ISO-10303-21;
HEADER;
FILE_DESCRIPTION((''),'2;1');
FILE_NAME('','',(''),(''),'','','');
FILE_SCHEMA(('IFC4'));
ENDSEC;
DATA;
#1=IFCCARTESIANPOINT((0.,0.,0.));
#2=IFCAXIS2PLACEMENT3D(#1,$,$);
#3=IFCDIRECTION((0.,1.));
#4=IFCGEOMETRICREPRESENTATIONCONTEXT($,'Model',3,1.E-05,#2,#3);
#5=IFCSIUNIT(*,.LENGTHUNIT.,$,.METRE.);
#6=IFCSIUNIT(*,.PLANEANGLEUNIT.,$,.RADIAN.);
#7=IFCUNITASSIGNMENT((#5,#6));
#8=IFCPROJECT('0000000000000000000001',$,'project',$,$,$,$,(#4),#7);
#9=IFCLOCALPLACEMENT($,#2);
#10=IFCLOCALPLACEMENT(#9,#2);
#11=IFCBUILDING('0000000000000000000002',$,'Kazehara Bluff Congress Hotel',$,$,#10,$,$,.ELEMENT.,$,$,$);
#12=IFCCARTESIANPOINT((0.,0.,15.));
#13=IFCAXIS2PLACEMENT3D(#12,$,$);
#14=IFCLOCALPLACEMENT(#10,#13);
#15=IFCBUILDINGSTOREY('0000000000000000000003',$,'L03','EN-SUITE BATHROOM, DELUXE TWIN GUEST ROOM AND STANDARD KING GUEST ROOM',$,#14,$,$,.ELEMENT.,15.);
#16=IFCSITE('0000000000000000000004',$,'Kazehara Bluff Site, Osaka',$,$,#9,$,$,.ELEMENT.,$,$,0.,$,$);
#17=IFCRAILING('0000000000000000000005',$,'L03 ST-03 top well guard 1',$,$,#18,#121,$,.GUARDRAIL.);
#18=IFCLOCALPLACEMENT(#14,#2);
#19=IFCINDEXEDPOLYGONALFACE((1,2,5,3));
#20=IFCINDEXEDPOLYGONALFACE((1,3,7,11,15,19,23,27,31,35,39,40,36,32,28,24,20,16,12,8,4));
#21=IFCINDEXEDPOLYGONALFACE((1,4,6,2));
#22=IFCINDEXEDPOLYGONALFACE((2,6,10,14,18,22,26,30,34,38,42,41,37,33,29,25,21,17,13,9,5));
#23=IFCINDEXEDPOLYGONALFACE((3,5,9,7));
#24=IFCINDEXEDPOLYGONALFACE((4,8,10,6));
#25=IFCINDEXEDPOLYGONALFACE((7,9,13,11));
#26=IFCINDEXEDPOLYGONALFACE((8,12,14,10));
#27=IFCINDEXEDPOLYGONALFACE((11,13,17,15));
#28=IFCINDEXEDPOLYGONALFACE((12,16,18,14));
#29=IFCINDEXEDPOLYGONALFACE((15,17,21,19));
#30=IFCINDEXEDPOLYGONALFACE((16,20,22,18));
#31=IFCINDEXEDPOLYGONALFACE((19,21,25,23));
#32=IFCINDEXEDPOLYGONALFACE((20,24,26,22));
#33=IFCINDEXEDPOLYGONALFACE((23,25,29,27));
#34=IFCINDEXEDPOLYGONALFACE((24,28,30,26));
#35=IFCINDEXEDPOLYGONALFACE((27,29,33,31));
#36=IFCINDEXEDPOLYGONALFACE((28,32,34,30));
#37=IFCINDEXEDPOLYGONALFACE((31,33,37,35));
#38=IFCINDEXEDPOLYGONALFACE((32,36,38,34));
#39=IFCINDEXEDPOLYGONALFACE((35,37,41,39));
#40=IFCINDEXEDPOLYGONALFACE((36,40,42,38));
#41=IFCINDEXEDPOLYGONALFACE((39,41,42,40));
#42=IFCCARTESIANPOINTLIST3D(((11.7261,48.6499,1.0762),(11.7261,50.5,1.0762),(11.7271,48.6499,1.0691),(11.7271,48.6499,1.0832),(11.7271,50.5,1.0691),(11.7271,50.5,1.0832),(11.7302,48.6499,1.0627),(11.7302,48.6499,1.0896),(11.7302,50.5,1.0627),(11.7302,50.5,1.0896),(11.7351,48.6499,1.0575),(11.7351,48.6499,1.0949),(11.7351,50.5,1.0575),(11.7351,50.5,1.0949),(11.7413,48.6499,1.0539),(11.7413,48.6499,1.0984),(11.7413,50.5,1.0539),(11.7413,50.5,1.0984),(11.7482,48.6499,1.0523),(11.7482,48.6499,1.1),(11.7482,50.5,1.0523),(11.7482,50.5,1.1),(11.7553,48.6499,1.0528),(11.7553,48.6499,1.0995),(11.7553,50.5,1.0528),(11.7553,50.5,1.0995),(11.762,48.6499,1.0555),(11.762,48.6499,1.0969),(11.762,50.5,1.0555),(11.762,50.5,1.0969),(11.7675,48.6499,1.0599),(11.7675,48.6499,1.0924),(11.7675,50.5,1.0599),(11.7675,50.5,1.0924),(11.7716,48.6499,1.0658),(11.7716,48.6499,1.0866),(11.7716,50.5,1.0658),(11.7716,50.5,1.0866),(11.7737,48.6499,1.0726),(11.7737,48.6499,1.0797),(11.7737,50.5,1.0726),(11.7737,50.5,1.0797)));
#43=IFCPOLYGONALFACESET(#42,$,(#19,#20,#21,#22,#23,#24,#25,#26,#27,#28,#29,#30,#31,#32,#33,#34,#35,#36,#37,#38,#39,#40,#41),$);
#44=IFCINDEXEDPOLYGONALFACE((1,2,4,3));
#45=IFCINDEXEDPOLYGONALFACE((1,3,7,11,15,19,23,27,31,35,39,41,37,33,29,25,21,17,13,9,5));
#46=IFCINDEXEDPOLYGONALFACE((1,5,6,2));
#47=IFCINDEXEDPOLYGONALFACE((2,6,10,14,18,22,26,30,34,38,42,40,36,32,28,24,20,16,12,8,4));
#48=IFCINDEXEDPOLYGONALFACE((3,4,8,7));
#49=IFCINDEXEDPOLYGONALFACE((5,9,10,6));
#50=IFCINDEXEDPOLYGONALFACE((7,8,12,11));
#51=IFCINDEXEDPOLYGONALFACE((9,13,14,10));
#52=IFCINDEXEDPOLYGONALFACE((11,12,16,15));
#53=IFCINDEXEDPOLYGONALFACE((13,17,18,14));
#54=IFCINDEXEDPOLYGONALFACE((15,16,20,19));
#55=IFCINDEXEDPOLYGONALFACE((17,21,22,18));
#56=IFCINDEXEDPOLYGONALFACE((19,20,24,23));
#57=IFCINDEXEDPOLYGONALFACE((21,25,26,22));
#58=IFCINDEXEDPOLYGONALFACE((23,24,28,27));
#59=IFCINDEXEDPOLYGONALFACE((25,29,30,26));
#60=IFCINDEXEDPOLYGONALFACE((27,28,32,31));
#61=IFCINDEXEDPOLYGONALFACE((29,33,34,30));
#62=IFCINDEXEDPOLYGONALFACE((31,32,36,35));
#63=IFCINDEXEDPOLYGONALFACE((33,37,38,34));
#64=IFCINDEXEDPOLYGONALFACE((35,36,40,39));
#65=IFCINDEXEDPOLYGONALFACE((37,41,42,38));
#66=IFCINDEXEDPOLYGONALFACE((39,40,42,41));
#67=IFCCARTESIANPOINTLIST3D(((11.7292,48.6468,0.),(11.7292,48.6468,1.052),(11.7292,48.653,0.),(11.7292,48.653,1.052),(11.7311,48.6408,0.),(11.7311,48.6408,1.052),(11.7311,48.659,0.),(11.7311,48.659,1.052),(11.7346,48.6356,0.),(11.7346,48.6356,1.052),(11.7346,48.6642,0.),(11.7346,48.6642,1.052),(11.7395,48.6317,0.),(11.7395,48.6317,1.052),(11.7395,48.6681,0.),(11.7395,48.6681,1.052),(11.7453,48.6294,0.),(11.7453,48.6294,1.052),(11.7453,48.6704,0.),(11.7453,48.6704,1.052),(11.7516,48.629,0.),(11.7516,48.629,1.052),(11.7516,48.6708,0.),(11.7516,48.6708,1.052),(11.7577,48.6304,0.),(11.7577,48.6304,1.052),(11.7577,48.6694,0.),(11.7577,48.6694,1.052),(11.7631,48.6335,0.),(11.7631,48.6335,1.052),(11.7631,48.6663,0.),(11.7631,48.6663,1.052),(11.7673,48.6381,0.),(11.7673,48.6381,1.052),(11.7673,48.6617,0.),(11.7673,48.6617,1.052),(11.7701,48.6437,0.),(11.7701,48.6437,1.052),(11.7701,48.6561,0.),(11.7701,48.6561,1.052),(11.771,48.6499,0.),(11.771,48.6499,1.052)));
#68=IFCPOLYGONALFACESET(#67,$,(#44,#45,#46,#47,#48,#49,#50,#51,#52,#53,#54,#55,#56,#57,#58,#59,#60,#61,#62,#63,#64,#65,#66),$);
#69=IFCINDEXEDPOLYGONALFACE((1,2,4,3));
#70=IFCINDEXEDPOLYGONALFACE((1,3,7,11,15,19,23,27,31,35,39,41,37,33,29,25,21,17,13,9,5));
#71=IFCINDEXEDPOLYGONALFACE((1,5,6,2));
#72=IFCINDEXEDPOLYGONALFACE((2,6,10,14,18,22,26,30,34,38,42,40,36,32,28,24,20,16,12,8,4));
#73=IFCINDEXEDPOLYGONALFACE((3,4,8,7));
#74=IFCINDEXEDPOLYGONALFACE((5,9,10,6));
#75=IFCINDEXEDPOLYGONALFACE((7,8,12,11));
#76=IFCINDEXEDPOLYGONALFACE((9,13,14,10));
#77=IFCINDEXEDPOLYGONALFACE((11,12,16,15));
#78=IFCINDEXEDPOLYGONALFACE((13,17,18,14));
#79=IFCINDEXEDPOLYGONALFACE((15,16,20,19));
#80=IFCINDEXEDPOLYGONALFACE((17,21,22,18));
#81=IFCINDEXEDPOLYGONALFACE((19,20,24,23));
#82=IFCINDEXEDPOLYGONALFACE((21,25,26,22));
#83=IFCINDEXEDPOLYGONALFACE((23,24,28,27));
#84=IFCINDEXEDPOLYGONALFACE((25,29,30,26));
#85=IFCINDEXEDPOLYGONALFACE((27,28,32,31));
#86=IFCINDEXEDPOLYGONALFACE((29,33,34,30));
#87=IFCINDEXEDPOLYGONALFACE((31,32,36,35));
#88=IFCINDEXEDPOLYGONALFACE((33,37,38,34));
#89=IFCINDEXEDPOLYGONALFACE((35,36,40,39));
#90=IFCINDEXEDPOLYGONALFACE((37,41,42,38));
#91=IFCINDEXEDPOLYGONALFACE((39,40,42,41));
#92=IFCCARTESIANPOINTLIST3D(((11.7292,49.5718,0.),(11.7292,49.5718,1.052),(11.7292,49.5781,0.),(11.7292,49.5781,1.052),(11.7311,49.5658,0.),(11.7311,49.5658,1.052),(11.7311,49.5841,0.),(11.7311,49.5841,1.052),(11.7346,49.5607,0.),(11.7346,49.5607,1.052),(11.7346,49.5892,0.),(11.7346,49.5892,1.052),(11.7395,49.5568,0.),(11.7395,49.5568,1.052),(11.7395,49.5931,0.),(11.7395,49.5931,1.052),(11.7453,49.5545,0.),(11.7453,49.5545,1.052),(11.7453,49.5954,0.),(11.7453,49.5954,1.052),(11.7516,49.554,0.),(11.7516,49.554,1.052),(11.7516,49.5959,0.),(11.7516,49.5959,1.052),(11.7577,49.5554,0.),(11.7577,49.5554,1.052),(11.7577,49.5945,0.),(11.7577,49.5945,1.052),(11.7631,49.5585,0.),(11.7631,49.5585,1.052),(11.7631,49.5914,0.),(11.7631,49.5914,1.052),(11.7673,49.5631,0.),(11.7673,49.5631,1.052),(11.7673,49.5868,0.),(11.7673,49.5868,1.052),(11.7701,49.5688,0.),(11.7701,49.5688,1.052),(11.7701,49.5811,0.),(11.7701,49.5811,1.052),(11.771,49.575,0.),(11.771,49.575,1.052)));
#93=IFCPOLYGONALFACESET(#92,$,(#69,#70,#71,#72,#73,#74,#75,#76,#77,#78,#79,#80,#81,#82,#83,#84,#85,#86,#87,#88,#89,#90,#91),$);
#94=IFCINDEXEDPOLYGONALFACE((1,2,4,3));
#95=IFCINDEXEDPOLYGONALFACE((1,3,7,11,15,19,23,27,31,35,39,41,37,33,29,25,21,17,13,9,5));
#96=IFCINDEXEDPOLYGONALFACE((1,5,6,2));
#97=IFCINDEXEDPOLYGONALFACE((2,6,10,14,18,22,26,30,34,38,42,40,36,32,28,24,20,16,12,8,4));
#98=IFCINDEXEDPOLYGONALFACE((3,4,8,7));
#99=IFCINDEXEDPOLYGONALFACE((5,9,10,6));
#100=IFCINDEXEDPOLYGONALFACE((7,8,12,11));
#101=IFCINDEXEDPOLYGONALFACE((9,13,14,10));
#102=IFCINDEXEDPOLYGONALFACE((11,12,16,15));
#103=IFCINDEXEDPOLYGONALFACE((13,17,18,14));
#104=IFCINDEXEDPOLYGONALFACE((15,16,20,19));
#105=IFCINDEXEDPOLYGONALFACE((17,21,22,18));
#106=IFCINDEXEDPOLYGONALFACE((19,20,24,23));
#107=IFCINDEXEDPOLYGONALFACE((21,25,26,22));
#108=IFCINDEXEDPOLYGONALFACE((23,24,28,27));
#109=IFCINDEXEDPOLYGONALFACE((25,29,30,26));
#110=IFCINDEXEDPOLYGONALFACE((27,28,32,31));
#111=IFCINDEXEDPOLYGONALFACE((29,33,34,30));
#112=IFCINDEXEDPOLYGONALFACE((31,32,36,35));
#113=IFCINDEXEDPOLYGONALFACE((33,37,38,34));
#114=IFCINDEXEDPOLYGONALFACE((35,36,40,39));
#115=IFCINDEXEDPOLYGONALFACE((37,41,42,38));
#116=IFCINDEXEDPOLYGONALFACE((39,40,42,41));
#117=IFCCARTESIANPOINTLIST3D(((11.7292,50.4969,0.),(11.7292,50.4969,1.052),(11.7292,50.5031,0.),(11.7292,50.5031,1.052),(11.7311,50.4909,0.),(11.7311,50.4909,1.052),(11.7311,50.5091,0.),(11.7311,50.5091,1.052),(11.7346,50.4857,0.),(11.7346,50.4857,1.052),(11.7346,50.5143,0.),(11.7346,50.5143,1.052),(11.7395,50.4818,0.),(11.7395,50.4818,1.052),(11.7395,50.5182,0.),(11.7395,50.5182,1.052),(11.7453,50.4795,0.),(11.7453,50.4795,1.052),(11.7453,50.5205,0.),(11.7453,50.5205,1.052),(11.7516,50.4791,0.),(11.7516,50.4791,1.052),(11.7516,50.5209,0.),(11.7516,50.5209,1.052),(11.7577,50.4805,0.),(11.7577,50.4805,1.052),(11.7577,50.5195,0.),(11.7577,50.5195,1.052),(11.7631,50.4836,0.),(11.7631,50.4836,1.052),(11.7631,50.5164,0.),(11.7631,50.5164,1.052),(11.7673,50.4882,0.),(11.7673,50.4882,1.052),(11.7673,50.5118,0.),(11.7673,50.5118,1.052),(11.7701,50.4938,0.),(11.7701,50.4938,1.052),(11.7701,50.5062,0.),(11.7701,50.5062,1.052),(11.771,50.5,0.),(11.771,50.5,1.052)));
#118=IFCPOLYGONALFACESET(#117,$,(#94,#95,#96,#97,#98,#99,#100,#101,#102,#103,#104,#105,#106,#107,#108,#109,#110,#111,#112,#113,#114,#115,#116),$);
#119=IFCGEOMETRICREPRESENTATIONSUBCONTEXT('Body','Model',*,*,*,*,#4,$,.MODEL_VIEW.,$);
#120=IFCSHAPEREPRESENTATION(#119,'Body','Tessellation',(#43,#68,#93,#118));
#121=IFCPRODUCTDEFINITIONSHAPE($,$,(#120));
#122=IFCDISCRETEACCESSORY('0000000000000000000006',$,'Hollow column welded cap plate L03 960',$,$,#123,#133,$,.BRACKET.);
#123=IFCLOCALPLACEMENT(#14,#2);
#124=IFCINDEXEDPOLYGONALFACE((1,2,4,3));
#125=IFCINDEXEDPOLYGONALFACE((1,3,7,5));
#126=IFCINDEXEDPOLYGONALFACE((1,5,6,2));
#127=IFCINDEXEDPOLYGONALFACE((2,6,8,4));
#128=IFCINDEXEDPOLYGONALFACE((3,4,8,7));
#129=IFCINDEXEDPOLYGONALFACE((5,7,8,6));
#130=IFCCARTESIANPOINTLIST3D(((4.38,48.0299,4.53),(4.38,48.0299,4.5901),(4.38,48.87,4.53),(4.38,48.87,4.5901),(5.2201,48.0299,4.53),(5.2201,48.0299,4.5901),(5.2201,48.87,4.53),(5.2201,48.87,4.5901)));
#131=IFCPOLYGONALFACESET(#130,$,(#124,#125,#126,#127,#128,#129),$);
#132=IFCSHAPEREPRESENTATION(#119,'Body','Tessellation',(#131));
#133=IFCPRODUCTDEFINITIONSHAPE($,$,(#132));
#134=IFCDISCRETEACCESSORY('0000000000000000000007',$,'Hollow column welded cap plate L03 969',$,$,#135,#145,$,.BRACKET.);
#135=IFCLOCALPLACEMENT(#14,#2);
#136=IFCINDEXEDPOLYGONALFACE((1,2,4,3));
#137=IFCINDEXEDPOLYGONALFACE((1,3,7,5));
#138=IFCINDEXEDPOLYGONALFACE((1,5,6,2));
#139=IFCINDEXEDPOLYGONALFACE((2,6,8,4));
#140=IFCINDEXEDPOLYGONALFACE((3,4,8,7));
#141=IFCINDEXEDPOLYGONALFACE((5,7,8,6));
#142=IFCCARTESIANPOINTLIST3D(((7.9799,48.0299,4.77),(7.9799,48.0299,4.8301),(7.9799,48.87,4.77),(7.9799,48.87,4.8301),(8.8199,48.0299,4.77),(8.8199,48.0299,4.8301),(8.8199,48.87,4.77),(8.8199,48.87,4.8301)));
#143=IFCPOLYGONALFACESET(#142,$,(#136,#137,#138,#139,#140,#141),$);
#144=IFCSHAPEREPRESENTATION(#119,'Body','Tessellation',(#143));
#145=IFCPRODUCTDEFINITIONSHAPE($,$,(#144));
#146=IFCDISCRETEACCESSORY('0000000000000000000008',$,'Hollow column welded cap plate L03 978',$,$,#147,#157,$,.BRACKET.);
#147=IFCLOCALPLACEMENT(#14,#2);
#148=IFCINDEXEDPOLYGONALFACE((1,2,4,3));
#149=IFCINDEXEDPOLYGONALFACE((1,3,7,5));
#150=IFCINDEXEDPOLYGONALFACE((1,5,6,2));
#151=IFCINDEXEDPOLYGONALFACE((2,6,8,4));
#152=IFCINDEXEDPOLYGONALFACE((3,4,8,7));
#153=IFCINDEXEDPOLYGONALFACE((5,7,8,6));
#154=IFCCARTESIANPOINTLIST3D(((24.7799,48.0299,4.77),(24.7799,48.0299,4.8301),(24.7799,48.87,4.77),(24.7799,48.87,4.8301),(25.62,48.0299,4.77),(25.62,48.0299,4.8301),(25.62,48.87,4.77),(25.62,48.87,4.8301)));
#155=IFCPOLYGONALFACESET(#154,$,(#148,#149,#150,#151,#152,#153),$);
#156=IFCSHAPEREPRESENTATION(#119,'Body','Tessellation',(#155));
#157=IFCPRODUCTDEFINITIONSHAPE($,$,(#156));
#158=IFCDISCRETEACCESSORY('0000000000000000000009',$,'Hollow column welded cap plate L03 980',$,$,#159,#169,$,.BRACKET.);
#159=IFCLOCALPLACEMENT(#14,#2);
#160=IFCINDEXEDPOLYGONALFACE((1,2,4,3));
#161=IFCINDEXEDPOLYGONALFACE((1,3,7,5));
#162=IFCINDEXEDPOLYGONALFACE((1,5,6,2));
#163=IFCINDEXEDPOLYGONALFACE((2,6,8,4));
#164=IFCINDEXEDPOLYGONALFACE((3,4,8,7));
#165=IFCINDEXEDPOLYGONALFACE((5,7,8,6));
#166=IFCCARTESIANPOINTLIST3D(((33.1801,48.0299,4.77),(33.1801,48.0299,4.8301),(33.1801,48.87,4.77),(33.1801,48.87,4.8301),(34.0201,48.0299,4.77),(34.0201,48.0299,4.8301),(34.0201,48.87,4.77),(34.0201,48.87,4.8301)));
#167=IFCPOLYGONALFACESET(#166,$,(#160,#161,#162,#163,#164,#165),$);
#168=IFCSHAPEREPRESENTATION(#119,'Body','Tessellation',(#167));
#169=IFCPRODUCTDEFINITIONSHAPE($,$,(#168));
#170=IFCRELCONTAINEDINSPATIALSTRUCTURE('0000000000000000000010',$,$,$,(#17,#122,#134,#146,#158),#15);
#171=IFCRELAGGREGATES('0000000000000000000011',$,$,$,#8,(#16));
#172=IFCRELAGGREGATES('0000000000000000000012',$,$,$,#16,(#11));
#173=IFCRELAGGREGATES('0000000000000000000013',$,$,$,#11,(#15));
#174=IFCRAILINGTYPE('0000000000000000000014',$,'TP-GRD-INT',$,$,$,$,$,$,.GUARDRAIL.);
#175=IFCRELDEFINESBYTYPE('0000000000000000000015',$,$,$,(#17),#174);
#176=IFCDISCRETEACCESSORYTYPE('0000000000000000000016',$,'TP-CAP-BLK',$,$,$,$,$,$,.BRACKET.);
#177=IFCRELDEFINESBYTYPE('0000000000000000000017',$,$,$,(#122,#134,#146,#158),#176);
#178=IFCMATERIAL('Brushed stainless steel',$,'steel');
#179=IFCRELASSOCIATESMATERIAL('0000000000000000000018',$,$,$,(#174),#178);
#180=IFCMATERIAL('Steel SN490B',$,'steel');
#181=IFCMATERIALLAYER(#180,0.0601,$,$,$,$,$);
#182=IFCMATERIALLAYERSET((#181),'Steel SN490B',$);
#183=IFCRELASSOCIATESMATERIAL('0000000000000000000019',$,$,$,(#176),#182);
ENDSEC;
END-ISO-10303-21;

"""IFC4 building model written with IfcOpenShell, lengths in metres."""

from ifc_helpers import new_model, si_unit, direction, frame, origin, origin_2d, place, context, subcontext, project, spatial, rectangle, circle, extrude, material, layer, layer_set, type_object, element, save


model = new_model("IFC4")

# Units and contexts
model_context = context("Model", 3, precision=1e-05, world=origin(), true_north=direction((0.0, 1.0)))
body_context = subcontext(model_context, "Body", "Model", "MODEL_VIEW")
ifc_project = project(units=[si_unit("LENGTHUNIT", "METRE"), si_unit("PLANEANGLEUNIT", "RADIAN")], contexts=[model_context])

# Site, building, storey
site_placement = place(None, origin())
site = spatial("IfcSite", under=ifc_project, at=site_placement, Name="Kazehara Bluff Site, Osaka", CompositionType="ELEMENT", RefElevation=0.0)
building_placement = place(site_placement, origin())
building = spatial("IfcBuilding", under=site, at=building_placement, Name="Kazehara Bluff Congress Hotel", CompositionType="ELEMENT")
storey_placement = place(building_placement, frame((0.0, 0.0, 15.0)))
storey = spatial("IfcBuildingStorey", under=building, at=storey_placement, Name="L03", Description="EN-SUITE BATHROOM, DELUXE TWIN GUEST ROOM AND STANDARD KING GUEST ROOM", CompositionType="ELEMENT", Elevation=15.0)

# Railing
ifc_material_1 = material(Name="Brushed stainless steel", Category="steel")
railing_type = type_object("IfcRailingType", Name="TP-GRD-INT", PredefinedType="GUARDRAIL", material=ifc_material_1)
railing_placement = place(storey_placement, frame((11.75, 48.6499, 0.0)))
element("IfcRailing", 1, at=railing_placement, inside=storey, type_object=railing_type, Name="L03 ST-03 top well guard 1", PredefinedType="GUARDRAIL", context=body_context, shape_type="SweptSolid", body=[
    extrude(circle(Radius=0.0239, at=origin_2d()), frame((0.0, 0.0, 1.0762), z_axis=(0.0, 1.0, 0.0), x_axis=(-1.0, 0.0, 0.0)), (0.0, 0.0, 1.0), 1.8501),
    extrude(circle(Radius=0.021, at=origin_2d()), origin(), (0.0, 0.0, 1.0), 1.052),
    extrude(circle(Radius=0.021, at=origin_2d()), frame((0.0, 0.925, 0.0)), (0.0, 0.0, 1.0), 1.052),
    extrude(circle(Radius=0.021, at=origin_2d()), frame((0.0, 1.8501, 0.0)), (0.0, 0.0, 1.0), 1.052),
])

# Discrete accessories
ifc_material_2 = material(Name="Steel SN490B", Category="steel")
ifc_layer_1 = layer(ifc_material_2, 0.0601)
ifc_layer_set_1 = layer_set([ifc_layer_1], Name="Steel SN490B")
discrete_accessory_type = type_object("IfcDiscreteAccessoryType", Name="TP-CAP-BLK", PredefinedType="BRACKET", material=ifc_layer_set_1)
for number, where, z_axis, x_axis, name in (
    (2, (4.8, 48.45, 4.53), (0.0, 0.0, 1.0), (1.0, 0.0, 0.0), "Hollow column welded cap plate L03 960"),
    (3, (8.3999, 48.45, 4.77), (0.0, 0.0, 1.0), (1.0, 0.0, 0.0), "Hollow column welded cap plate L03 969"),
    (4, (25.2, 48.45, 4.77), (0.0, 0.0, 1.0), (1.0, 0.0, 0.0), "Hollow column welded cap plate L03 978"),
    (5, (33.6001, 48.45, 4.77), (0.0, 0.0, 1.0), (1.0, 0.0, 0.0), "Hollow column welded cap plate L03 980"),
):
    element("IfcDiscreteAccessory", number, at=place(storey_placement, frame(where, z_axis=z_axis, x_axis=x_axis)), inside=storey, type_object=discrete_accessory_type, Name=name, PredefinedType="BRACKET", context=body_context, shape_type="SweptSolid", body=[
        extrude(rectangle(XDim=0.8401, YDim=0.8401, at=origin_2d()), origin(), (0.0, 0.0, 1.0), 0.0601),
    ])

save(model, "model.ifc")
